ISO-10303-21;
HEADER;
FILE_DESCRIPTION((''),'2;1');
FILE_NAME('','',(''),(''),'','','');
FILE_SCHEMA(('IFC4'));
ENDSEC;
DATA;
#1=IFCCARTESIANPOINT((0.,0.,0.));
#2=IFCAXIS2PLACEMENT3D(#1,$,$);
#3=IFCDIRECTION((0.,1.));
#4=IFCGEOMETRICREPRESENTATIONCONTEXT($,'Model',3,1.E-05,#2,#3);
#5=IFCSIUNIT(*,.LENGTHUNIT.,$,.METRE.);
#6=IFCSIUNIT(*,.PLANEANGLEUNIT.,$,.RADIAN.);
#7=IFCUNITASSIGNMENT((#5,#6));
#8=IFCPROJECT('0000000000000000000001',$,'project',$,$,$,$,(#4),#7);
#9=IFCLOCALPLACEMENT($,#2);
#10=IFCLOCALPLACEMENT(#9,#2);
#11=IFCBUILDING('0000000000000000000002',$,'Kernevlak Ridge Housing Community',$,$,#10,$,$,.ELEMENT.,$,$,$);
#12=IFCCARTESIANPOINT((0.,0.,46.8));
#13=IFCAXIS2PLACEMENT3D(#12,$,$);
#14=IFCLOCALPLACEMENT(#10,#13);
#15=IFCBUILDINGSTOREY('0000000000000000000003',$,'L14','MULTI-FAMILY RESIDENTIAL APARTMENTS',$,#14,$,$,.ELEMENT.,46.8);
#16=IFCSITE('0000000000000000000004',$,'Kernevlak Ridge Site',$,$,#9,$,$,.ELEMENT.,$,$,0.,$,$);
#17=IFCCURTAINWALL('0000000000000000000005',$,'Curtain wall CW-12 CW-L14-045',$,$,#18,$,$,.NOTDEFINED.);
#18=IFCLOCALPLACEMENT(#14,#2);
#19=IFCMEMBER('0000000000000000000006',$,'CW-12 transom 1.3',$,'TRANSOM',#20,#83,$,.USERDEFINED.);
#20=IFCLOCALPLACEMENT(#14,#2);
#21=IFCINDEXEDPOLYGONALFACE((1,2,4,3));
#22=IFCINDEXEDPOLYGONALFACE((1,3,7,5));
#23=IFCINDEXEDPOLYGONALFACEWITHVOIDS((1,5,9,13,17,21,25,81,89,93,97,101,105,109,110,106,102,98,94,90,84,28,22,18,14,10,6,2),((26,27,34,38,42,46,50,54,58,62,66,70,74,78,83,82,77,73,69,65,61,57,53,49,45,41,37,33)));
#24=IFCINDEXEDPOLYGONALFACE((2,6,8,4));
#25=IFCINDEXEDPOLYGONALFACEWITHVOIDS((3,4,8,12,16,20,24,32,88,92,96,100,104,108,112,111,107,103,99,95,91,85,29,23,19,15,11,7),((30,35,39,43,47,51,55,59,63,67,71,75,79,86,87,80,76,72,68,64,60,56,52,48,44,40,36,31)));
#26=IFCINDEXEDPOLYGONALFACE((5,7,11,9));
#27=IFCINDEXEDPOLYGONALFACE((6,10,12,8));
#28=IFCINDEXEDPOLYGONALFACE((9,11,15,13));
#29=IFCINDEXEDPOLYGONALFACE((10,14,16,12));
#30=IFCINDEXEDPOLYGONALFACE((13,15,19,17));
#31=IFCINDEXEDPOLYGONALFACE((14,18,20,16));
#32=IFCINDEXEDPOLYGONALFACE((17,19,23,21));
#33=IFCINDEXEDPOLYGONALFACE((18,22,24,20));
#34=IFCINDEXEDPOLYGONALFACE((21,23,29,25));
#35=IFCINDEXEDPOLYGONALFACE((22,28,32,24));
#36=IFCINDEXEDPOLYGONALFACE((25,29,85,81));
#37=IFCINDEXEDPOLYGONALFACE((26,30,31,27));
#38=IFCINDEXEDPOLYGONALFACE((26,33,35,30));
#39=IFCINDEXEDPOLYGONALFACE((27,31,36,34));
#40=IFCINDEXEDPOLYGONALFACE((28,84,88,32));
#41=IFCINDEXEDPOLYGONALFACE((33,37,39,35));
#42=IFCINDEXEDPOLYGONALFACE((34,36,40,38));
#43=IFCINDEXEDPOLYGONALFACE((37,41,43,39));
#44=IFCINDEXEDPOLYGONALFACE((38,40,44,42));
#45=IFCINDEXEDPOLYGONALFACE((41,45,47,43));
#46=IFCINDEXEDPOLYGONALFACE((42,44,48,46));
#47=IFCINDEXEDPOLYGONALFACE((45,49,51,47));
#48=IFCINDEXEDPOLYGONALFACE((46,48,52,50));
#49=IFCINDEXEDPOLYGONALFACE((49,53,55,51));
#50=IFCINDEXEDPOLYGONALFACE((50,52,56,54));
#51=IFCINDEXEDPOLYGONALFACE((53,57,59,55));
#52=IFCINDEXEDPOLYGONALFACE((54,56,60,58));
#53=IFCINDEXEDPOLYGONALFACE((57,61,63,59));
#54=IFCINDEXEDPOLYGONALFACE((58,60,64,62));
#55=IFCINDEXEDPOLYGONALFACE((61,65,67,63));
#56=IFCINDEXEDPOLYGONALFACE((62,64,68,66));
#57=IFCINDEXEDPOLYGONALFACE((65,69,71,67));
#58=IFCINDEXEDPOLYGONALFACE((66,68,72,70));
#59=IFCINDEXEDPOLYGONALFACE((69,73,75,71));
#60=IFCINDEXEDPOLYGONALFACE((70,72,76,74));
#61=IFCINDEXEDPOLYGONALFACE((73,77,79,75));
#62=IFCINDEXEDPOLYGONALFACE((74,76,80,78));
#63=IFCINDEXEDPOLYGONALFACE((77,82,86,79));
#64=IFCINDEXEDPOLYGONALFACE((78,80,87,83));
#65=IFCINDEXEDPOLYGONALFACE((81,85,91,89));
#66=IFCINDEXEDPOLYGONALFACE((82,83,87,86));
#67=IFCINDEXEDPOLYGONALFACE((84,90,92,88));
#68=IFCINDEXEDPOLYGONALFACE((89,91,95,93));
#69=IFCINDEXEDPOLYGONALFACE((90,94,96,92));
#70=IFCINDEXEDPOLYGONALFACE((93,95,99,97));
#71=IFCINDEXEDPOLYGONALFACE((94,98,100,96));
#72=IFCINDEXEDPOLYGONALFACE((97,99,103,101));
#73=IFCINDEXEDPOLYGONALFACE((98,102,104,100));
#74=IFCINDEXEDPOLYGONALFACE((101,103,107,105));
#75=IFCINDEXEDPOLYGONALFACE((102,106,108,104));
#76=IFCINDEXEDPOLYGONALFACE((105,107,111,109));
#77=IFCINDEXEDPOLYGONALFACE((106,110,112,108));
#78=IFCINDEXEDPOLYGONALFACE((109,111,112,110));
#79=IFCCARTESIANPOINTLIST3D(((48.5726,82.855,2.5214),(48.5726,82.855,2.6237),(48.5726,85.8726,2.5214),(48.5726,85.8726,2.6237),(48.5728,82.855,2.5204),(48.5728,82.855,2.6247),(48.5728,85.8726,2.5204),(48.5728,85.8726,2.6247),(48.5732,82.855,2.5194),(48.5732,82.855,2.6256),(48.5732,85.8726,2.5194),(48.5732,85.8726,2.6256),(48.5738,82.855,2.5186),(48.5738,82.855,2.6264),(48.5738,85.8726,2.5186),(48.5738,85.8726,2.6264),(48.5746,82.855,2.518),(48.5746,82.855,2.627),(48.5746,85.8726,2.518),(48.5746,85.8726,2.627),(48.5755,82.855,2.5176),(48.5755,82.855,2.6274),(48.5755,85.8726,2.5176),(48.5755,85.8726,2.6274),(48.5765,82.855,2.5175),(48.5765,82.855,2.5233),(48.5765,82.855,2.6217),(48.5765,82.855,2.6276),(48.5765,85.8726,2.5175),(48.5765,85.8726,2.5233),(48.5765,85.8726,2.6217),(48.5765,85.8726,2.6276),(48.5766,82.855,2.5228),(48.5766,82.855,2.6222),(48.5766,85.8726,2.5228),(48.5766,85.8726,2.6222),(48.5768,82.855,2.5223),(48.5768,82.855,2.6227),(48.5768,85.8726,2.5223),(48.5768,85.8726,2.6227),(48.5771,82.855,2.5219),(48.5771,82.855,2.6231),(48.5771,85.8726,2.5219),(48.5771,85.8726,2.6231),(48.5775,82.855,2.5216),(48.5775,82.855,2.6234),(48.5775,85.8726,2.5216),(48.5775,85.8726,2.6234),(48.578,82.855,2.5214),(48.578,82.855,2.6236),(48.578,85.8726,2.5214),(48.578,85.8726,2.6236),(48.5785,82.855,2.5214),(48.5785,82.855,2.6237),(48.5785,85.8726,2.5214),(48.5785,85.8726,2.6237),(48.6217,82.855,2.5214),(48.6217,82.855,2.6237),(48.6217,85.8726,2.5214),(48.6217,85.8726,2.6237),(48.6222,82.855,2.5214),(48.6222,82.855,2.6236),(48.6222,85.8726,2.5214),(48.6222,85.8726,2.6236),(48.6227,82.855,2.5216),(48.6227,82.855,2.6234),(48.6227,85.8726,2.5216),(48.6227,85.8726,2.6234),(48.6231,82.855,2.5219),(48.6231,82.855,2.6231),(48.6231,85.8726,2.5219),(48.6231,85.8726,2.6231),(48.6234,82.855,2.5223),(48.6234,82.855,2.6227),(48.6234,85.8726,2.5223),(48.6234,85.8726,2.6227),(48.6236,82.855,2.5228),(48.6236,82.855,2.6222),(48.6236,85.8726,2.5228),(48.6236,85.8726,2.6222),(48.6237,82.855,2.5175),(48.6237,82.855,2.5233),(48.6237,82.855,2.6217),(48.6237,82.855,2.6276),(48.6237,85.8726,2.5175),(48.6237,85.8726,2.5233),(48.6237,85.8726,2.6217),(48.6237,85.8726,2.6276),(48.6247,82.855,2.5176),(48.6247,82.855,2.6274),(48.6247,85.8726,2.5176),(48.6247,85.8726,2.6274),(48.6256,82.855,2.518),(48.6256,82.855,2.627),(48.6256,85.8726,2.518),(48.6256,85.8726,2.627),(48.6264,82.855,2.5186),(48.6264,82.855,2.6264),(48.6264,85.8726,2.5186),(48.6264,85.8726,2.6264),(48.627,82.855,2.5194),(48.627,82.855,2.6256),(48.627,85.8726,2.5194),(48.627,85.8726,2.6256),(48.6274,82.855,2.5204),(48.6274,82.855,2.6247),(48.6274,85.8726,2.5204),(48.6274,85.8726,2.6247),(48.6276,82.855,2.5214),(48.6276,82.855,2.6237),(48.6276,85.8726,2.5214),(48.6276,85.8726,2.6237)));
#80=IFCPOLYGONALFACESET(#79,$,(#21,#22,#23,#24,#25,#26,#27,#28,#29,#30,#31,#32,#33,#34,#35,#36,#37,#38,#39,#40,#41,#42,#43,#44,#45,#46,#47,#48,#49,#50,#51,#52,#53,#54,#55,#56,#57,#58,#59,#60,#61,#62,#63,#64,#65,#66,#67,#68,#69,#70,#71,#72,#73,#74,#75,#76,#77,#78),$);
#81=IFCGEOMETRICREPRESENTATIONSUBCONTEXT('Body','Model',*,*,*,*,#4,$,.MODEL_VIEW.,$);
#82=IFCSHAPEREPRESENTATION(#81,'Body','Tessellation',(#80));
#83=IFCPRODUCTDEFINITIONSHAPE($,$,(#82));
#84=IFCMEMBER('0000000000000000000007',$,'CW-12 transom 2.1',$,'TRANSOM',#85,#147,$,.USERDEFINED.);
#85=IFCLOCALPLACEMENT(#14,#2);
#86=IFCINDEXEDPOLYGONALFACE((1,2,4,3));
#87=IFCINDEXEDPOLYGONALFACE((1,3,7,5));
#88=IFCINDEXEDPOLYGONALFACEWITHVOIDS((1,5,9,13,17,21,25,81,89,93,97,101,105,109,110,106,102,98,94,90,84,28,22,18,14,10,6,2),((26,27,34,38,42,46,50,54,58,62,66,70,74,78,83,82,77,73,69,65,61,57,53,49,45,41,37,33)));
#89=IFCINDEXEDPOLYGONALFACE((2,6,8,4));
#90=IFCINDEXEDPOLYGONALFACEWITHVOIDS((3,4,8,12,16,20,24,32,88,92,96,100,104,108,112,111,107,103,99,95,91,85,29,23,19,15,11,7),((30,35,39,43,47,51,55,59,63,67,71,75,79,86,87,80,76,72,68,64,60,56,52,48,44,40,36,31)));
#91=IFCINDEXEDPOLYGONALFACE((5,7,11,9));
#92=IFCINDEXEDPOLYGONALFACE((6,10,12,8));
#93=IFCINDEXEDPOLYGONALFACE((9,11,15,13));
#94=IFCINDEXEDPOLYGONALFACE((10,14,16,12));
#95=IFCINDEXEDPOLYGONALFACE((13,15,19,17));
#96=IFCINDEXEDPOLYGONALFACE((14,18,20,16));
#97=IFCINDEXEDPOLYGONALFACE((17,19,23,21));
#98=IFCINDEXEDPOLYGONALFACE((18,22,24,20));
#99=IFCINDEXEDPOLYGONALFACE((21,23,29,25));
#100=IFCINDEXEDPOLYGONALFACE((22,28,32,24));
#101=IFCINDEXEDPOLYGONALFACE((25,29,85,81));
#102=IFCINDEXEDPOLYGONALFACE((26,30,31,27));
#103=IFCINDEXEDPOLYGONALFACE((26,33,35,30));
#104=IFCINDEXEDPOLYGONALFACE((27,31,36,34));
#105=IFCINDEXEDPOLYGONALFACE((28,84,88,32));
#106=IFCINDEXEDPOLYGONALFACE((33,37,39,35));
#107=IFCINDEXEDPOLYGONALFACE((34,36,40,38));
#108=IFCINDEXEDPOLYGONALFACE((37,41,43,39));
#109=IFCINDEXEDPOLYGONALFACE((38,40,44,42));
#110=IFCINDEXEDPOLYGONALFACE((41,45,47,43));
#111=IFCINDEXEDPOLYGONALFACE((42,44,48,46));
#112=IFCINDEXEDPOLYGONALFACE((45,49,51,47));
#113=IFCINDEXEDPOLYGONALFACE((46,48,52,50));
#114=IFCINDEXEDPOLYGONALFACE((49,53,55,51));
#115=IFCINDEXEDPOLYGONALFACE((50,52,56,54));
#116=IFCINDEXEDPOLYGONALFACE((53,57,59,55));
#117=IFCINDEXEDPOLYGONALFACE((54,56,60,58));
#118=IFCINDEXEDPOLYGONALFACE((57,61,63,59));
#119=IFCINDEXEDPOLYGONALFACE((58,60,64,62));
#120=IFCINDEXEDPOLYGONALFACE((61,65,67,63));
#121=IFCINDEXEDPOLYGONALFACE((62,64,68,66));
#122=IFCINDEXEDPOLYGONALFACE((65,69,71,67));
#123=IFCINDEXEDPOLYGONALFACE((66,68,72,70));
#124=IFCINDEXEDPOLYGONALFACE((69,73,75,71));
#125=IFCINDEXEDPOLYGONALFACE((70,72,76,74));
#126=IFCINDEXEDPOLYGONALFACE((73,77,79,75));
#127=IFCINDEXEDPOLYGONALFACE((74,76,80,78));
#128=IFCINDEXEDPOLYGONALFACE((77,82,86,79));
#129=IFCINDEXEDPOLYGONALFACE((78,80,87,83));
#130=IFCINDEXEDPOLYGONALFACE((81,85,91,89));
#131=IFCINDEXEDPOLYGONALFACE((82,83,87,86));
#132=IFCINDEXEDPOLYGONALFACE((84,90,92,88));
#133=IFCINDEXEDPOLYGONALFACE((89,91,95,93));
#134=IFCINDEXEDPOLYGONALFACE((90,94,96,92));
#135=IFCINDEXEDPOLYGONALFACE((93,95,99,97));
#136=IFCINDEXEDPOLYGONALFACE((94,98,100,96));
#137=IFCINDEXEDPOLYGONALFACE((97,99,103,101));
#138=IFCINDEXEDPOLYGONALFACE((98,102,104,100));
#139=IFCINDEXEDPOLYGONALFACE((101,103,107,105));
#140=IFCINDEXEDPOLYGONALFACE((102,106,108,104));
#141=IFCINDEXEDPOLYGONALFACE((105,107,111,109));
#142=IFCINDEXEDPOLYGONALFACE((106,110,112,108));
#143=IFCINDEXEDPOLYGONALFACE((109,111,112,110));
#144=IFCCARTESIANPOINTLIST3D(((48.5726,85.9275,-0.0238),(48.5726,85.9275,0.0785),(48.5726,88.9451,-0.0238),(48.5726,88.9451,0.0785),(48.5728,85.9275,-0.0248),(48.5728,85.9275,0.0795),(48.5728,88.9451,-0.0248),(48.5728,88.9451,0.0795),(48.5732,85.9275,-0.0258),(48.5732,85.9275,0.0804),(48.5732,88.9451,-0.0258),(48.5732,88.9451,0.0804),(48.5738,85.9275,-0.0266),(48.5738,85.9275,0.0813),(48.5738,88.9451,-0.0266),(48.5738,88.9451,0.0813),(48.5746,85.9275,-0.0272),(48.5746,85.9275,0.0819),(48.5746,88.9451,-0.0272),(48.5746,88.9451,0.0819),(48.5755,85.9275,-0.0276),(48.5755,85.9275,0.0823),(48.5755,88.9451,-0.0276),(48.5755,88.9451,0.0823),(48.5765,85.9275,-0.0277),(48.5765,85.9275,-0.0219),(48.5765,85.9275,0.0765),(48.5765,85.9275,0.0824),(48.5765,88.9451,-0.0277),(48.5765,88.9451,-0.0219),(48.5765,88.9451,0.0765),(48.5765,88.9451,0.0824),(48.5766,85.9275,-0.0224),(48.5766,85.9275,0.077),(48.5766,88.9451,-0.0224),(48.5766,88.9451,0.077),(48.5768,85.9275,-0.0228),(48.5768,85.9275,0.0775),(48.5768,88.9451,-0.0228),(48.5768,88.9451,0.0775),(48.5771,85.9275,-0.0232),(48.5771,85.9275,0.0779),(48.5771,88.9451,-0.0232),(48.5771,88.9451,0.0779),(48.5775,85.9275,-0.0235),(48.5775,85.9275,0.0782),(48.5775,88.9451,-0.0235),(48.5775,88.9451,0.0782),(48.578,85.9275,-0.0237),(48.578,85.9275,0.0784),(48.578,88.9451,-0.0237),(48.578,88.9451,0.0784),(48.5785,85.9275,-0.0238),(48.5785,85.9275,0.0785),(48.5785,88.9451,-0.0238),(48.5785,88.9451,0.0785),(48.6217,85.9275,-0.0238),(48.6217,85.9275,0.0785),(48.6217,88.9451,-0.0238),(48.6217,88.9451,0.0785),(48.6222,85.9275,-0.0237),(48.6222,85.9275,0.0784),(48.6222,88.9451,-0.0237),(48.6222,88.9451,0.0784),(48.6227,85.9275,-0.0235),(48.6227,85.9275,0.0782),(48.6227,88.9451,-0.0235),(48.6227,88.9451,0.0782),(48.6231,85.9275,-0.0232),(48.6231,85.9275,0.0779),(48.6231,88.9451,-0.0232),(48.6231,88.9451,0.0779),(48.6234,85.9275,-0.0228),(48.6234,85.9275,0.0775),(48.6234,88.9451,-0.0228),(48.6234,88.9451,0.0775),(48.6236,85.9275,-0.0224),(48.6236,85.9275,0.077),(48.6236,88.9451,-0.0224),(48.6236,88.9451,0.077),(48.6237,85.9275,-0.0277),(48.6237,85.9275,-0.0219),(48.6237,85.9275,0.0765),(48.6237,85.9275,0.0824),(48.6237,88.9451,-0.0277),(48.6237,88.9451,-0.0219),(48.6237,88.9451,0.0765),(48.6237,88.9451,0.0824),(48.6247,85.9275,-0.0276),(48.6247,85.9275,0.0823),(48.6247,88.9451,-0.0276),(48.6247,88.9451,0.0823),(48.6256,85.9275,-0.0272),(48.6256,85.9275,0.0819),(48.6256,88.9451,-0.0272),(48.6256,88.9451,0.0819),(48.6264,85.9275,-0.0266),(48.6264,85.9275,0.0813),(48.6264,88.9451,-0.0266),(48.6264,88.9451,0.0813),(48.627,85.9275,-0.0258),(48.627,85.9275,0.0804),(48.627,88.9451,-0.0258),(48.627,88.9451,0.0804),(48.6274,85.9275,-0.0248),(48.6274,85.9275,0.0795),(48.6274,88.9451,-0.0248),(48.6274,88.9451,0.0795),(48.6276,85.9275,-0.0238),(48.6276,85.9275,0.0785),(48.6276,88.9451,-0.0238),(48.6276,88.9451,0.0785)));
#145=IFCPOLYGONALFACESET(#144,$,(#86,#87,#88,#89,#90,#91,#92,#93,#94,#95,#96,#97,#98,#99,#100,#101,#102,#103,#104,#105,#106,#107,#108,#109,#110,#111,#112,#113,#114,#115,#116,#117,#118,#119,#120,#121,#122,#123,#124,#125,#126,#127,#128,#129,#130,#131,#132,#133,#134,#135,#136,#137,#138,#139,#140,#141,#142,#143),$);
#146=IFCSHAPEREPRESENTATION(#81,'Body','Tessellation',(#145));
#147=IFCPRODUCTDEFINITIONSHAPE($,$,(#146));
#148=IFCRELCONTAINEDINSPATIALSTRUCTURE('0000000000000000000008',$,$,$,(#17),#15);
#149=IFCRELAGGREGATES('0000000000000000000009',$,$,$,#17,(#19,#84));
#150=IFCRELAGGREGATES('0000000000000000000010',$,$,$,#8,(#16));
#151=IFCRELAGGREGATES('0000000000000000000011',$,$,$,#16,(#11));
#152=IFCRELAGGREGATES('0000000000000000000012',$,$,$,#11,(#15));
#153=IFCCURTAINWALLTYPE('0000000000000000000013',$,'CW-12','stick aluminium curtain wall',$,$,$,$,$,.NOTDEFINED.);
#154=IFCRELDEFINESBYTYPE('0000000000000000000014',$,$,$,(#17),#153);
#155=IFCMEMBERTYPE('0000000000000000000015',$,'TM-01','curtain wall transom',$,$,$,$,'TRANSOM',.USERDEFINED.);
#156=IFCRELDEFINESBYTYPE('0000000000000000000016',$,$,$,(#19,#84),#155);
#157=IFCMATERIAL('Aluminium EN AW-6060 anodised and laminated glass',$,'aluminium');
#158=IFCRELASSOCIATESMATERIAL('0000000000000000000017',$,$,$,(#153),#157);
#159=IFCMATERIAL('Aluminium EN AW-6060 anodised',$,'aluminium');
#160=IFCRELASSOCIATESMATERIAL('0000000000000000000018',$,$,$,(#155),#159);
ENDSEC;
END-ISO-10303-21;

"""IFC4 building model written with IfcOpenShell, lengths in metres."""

from ifc_helpers import new_model, si_unit, direction, frame, origin, origin_2d, place, context, subcontext, project, spatial, hollow_rectangle, extrude, material, material_profile, profile_set, type_object, element, aggregate, save


model = new_model("IFC4")

# Units and contexts
model_context = context("Model", 3, precision=1e-05, world=origin(), true_north=direction((0.0, 1.0)))
body_context = subcontext(model_context, "Body", "Model", "MODEL_VIEW")
ifc_project = project(units=[si_unit("LENGTHUNIT", "METRE"), si_unit("PLANEANGLEUNIT", "RADIAN")], contexts=[model_context])

# Site, building, storey
site_placement = place(None, origin())
site = spatial("IfcSite", under=ifc_project, at=site_placement, Name="Kernevlak Ridge Site", CompositionType="ELEMENT", RefElevation=0.0)
building_placement = place(site_placement, origin())
building = spatial("IfcBuilding", under=site, at=building_placement, Name="Kernevlak Ridge Housing Community", CompositionType="ELEMENT")
storey_placement = place(building_placement, frame((0.0, 0.0, 46.8)))
storey = spatial("IfcBuildingStorey", under=building, at=storey_placement, Name="L14", Description="MULTI-FAMILY RESIDENTIAL APARTMENTS", CompositionType="ELEMENT", Elevation=46.8)

# Curtain wall
ifc_material_1 = material(Name="Aluminium EN AW-6060 anodised and laminated glass", Category="aluminium")
curtain_wall_type_1 = type_object("IfcCurtainWallType", Name="CW-12", Description="stick aluminium curtain wall", PredefinedType="NOTDEFINED", material=ifc_material_1)
curtain_wall_1_placement = place(storey_placement, origin())
curtain_wall_1 = element("IfcCurtainWall", 1, at=curtain_wall_1_placement, inside=storey, type_object=curtain_wall_type_1, Name="Curtain wall CW-12 CW-L14-045", PredefinedType="NOTDEFINED")
ifc_material_2 = material(Name="Aluminium EN AW-6060 anodised", Category="aluminium")

# Members
ifc_material_profile_1 = material_profile(ifc_material_2, hollow_rectangle(XDim=0.0549, YDim=0.1101, WallThickness=0.0039, InnerFilletRadius=0.002, OuterFilletRadius=0.0039, at=origin_2d()), Name="ALU 55x110x4")
ifc_profile_set_1 = profile_set([ifc_material_profile_1], Name="Aluminium EN AW-6060 anodised")
member_type_1 = type_object("IfcMemberType", Name="TM-01", Description="curtain wall transom", ElementType="TRANSOM", PredefinedType="USERDEFINED", material=ifc_profile_set_1)
member_1_placement = place(storey_placement, frame((48.6001, 82.855, 2.5725), z_axis=(0.0, 1.0, 0.0), x_axis=(-1.0, 0.0, 0.0)))
member_1 = element("IfcMember", 2, at=member_1_placement, type_object=member_type_1, Name="CW-12 transom 1.3", ObjectType="TRANSOM", PredefinedType="USERDEFINED", context=body_context, shape_type="SweptSolid", body=[
    extrude(hollow_rectangle(XDim=0.0549, YDim=0.1101, WallThickness=0.0039, InnerFilletRadius=0.002, OuterFilletRadius=0.0039, at=origin_2d()), origin(), (0.0, 0.0, 1.0), 3.0176),
])
member_2_placement = place(storey_placement, frame((48.6001, 85.9275, 0.0273), z_axis=(0.0, 1.0, 0.0), x_axis=(-1.0, 0.0, 0.0)))
member_2 = element("IfcMember", 3, at=member_2_placement, type_object=member_type_1, Name="CW-12 transom 2.1", ObjectType="TRANSOM", PredefinedType="USERDEFINED", context=body_context, shape_type="SweptSolid", body=[
    extrude(hollow_rectangle(XDim=0.0549, YDim=0.1101, WallThickness=0.0039, InnerFilletRadius=0.002, OuterFilletRadius=0.0039, at=origin_2d()), origin(), (0.0, 0.0, 1.0), 3.0176),
])

aggregate(curtain_wall_1, [member_1, member_2])

save(model, "model.ifc")
